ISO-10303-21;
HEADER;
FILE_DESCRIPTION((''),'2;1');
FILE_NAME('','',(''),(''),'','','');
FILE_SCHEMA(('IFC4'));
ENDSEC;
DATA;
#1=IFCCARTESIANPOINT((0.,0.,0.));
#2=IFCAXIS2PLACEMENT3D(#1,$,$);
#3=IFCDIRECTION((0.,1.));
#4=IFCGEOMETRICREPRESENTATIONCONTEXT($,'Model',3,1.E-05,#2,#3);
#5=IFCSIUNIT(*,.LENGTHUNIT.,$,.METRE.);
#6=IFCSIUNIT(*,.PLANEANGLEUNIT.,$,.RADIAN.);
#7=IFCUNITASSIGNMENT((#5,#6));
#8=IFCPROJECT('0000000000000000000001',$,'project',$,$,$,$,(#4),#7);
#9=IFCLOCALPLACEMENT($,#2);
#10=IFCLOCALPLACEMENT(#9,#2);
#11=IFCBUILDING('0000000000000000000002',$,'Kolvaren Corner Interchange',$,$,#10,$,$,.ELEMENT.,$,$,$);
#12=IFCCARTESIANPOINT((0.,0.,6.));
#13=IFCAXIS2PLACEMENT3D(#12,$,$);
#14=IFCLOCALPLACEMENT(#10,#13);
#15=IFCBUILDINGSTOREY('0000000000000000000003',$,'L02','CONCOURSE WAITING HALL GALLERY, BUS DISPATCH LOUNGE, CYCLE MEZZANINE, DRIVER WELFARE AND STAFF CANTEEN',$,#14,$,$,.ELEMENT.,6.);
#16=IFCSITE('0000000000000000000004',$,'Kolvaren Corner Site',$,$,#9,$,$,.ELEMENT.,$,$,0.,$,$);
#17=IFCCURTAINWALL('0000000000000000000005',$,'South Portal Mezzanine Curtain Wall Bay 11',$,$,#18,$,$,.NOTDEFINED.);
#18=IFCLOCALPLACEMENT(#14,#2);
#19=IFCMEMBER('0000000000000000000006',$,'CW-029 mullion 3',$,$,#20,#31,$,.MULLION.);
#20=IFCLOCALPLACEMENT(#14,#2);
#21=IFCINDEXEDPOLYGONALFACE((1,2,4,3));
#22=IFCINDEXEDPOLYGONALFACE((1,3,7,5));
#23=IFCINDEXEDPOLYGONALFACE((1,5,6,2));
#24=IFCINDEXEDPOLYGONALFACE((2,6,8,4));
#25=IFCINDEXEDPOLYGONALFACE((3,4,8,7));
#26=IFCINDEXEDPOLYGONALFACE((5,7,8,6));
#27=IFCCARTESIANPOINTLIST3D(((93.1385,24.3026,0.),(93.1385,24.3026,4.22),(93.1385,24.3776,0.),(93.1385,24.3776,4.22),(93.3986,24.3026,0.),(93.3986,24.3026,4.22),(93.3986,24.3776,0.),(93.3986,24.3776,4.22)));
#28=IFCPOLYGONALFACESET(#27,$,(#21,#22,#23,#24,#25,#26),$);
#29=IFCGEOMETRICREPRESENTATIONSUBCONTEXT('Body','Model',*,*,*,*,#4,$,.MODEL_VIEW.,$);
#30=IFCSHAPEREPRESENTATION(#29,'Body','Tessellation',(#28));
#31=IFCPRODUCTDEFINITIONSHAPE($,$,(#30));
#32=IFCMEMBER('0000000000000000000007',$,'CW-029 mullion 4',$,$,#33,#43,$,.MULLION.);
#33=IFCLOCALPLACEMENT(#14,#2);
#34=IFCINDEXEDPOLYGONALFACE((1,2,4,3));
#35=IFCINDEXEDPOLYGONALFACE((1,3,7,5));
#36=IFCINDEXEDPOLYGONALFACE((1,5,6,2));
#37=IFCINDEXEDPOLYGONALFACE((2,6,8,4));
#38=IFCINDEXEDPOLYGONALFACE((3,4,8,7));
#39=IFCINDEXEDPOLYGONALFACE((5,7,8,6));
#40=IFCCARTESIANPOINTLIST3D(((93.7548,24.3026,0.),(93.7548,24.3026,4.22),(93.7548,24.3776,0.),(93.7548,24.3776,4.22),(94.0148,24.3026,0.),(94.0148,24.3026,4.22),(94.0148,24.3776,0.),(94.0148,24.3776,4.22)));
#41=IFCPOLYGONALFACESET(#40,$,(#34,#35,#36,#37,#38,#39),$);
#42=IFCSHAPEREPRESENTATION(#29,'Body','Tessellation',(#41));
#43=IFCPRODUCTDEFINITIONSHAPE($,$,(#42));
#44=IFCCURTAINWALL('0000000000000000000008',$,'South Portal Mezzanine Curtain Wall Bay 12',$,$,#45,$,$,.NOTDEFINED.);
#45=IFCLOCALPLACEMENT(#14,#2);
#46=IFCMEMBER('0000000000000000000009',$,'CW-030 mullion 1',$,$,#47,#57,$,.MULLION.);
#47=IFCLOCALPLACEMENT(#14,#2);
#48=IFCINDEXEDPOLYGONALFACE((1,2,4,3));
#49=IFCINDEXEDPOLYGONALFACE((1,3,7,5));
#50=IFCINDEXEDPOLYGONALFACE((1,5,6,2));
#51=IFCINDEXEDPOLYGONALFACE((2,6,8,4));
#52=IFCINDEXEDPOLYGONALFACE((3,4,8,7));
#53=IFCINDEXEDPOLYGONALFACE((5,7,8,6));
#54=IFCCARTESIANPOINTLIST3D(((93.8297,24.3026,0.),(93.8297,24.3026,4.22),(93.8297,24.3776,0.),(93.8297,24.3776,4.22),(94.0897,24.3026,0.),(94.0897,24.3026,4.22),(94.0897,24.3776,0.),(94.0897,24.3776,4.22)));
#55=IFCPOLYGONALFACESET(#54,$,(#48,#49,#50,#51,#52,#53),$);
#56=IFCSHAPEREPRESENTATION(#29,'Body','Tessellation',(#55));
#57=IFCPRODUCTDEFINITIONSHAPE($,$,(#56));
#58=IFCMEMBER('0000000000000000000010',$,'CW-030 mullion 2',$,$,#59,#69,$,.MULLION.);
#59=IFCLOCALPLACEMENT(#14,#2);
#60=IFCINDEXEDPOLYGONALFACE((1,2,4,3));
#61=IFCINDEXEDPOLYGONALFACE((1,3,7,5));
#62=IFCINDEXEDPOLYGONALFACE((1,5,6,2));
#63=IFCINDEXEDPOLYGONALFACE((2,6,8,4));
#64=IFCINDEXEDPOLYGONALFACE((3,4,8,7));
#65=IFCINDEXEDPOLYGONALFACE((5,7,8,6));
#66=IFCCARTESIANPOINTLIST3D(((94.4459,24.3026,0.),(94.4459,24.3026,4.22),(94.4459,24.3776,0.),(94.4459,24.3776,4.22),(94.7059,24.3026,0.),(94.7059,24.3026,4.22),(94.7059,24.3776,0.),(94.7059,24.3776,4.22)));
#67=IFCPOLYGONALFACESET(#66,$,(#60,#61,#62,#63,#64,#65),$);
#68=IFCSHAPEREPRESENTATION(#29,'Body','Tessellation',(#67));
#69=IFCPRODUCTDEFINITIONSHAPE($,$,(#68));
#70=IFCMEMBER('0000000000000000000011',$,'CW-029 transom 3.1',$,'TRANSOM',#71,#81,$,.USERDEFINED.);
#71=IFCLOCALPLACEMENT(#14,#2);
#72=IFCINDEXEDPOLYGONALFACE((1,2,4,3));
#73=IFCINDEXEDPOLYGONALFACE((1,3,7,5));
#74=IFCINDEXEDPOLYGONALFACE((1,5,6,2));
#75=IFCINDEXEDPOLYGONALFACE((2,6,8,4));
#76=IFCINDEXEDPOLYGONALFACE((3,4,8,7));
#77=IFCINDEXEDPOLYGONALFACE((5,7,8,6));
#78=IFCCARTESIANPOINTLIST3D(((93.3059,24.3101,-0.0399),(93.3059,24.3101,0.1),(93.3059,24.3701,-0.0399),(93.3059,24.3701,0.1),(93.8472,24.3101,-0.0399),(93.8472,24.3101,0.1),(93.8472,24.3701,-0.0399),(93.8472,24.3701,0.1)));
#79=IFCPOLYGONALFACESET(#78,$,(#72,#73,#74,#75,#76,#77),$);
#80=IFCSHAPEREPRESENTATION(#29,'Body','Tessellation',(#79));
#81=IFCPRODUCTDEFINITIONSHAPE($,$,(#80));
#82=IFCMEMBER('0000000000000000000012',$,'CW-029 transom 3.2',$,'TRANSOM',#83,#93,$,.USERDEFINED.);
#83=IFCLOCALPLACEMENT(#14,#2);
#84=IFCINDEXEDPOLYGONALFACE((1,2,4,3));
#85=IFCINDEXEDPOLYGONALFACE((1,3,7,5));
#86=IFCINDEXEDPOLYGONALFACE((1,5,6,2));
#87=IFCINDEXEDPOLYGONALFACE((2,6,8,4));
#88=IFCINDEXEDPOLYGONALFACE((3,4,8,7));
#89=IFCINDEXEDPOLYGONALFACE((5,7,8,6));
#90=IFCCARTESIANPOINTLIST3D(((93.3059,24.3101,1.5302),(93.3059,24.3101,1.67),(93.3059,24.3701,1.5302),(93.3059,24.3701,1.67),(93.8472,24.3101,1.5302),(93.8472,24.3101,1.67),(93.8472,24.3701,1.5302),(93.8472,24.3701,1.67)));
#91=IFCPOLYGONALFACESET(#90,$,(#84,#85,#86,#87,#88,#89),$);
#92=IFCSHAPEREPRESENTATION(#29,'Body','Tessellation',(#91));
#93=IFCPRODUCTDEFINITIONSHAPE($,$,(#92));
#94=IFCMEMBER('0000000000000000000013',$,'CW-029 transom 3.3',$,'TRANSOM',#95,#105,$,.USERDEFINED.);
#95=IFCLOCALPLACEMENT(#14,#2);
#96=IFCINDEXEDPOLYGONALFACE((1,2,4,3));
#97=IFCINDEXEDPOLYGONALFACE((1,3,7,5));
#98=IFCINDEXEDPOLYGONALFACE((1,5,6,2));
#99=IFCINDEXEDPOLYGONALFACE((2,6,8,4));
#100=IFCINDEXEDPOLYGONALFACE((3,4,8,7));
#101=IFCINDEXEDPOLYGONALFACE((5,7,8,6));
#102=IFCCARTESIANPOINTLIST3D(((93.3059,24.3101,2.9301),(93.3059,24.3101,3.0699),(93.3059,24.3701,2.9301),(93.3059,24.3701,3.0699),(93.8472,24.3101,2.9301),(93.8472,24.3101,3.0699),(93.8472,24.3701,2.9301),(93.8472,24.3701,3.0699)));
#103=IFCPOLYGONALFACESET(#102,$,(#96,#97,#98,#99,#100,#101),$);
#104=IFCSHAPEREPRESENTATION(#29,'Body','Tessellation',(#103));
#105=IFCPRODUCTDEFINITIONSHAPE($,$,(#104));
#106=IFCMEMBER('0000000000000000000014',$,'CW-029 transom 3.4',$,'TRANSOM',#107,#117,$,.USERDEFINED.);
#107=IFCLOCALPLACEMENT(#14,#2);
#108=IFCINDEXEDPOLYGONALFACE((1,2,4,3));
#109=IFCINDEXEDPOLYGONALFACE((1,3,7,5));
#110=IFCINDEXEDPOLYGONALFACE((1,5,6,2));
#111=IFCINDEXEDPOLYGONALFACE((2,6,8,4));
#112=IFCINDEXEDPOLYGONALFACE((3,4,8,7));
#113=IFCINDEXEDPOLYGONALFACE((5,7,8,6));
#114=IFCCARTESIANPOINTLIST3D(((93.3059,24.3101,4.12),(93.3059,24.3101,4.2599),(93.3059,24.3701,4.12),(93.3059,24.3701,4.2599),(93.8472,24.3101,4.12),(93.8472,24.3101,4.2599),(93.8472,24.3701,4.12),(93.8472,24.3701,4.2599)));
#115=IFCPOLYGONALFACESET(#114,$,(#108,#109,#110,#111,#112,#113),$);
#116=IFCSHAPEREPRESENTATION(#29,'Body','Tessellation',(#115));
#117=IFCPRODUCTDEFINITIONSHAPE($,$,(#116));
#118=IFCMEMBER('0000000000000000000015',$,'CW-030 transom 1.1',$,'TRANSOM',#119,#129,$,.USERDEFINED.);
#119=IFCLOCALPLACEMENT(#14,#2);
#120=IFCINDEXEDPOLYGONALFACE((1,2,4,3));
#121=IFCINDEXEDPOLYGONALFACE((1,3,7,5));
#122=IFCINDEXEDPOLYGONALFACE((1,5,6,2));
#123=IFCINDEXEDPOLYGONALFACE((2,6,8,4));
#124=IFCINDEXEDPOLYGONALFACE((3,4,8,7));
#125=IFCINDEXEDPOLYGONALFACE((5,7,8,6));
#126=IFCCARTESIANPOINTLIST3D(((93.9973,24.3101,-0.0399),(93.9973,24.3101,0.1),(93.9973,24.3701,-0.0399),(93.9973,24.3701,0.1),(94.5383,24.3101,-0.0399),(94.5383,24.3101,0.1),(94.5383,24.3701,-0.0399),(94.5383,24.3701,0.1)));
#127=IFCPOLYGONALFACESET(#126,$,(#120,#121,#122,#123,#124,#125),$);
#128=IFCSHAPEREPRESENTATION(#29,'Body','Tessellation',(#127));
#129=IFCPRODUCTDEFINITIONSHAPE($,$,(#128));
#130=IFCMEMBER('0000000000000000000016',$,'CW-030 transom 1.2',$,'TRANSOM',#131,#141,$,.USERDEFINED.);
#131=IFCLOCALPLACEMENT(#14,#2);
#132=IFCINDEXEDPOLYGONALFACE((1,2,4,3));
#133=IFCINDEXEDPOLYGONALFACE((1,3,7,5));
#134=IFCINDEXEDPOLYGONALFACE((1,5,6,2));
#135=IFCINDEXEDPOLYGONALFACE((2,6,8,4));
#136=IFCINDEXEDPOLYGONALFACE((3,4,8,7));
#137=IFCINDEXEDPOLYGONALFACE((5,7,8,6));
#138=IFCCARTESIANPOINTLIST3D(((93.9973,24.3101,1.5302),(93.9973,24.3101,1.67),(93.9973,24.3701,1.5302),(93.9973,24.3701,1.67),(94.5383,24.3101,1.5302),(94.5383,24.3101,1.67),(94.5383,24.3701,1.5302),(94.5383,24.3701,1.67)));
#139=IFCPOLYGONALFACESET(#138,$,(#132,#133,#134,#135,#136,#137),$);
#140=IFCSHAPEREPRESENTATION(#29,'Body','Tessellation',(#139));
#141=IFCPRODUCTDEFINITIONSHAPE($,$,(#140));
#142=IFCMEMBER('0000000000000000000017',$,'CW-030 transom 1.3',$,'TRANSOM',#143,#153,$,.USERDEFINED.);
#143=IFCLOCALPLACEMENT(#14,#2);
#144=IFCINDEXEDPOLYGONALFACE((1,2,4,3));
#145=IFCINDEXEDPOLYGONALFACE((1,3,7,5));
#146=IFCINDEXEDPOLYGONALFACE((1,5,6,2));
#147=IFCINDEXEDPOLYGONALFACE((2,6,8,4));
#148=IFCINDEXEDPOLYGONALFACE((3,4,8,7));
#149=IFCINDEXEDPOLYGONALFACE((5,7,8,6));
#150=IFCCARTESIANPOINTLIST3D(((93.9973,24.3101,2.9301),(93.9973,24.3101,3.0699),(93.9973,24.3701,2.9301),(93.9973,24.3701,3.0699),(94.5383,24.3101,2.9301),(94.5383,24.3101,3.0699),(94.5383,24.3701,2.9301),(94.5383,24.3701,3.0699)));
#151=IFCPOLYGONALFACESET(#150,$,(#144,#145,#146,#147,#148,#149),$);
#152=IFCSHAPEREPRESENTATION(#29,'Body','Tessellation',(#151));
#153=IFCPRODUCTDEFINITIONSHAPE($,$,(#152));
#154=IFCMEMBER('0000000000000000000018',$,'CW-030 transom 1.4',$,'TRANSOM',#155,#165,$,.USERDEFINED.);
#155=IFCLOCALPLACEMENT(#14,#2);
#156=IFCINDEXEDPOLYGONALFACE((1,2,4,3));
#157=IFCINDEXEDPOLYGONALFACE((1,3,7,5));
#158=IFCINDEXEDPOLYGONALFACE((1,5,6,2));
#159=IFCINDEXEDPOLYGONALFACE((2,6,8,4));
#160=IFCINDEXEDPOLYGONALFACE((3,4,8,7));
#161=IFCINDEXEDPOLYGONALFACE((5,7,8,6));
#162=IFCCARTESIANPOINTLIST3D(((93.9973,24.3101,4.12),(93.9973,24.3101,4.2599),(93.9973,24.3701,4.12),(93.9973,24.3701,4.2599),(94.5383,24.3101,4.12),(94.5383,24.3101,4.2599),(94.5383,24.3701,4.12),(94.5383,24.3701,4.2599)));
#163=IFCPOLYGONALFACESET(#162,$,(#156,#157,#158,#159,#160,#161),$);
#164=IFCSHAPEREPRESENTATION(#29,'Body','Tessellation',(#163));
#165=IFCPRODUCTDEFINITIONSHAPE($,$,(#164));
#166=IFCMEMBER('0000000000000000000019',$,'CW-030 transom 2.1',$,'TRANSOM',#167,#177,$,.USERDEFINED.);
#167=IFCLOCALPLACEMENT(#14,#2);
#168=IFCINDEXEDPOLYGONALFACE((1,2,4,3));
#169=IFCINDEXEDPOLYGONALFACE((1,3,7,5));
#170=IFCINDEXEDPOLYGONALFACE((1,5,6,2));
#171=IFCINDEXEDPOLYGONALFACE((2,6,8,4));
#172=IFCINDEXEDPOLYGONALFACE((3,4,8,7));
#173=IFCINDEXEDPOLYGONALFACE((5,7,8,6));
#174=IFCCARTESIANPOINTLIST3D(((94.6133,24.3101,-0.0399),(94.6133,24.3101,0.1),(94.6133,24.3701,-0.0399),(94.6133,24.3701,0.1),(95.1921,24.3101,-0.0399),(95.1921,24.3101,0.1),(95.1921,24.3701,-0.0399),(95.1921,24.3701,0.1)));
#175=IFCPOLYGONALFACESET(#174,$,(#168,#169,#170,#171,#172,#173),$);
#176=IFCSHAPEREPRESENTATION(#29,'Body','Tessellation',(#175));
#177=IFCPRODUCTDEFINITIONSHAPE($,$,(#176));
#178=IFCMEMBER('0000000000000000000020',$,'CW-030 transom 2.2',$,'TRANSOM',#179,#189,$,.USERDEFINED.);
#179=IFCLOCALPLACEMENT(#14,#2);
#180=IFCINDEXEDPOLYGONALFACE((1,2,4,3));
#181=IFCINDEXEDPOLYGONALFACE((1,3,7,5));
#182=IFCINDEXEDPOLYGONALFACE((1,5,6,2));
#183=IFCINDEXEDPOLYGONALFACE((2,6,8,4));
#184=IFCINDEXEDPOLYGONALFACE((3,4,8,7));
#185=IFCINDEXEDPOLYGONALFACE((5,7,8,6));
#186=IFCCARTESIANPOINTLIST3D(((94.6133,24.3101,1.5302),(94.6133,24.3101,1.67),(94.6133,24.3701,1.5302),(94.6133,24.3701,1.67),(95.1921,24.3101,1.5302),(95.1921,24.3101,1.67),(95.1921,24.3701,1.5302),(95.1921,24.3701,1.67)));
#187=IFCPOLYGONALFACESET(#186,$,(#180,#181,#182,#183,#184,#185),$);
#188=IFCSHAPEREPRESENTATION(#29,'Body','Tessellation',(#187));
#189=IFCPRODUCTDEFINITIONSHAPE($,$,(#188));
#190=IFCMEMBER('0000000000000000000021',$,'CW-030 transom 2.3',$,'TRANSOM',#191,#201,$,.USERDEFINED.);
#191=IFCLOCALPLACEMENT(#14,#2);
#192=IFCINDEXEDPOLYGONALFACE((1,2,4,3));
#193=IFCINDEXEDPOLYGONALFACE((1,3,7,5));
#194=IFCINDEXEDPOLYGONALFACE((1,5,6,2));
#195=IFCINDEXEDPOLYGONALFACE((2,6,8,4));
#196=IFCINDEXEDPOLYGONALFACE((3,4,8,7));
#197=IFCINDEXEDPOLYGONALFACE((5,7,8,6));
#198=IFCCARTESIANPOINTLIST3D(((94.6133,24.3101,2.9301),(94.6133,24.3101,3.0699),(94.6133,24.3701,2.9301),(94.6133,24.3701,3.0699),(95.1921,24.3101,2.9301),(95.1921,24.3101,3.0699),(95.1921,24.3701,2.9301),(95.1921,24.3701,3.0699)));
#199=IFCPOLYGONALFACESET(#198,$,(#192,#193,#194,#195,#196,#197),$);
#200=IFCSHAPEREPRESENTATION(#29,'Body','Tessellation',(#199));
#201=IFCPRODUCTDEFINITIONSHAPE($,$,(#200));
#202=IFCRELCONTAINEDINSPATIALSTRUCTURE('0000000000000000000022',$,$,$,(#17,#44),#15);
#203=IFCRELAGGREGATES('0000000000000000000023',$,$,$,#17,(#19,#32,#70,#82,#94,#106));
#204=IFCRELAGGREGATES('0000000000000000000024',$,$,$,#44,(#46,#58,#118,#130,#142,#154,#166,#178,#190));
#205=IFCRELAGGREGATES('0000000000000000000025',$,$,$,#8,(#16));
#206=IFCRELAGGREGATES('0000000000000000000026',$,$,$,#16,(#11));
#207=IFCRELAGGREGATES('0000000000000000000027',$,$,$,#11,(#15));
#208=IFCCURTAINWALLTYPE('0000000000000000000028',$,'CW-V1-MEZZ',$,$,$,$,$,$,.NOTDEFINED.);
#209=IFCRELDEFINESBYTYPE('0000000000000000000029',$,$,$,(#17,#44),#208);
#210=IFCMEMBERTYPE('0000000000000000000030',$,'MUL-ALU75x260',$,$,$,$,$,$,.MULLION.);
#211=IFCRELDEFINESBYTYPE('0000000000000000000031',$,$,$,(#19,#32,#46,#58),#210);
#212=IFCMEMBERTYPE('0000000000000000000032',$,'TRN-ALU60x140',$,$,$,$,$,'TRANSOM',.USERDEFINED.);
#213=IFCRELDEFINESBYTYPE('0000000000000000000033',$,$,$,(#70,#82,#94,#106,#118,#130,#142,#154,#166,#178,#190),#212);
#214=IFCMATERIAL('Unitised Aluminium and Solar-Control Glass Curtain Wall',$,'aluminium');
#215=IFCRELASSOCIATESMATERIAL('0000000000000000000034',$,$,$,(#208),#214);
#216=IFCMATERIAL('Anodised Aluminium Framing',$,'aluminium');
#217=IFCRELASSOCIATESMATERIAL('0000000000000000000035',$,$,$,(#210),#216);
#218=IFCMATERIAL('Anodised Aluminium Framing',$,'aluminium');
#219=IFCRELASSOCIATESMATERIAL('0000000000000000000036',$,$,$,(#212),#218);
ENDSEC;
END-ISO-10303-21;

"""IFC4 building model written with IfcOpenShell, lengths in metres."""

from ifc_helpers import new_model, si_unit, direction, frame, origin, origin_2d, place, context, subcontext, project, spatial, rectangle, extrude, material, material_profile, profile_set, type_object, element, aggregate, save


model = new_model("IFC4")

# Units and contexts
model_context = context("Model", 3, precision=1e-05, world=origin(), true_north=direction((0.0, 1.0)))
body_context = subcontext(model_context, "Body", "Model", "MODEL_VIEW")
ifc_project = project(units=[si_unit("LENGTHUNIT", "METRE"), si_unit("PLANEANGLEUNIT", "RADIAN")], contexts=[model_context])

# Site, building, storey
site_placement = place(None, origin())
site = spatial("IfcSite", under=ifc_project, at=site_placement, Name="Kolvaren Corner Site", CompositionType="ELEMENT", RefElevation=0.0)
building_placement = place(site_placement, origin())
building = spatial("IfcBuilding", under=site, at=building_placement, Name="Kolvaren Corner Interchange", CompositionType="ELEMENT")
storey_placement = place(building_placement, frame((0.0, 0.0, 6.0)))
storey = spatial("IfcBuildingStorey", under=building, at=storey_placement, Name="L02", Description="CONCOURSE WAITING HALL GALLERY, BUS DISPATCH LOUNGE, CYCLE MEZZANINE, DRIVER WELFARE AND STAFF CANTEEN", CompositionType="ELEMENT", Elevation=6.0)

# Curtain walls, members
ifc_material_1 = material(Name="Unitised Aluminium and Solar-Control Glass Curtain Wall", Category="aluminium")
curtain_wall_type = type_object("IfcCurtainWallType", Name="CW-V1-MEZZ", PredefinedType="NOTDEFINED", material=ifc_material_1)
curtain_wall_1_placement = place(storey_placement, origin())
curtain_wall_1 = element("IfcCurtainWall", 1, at=curtain_wall_1_placement, inside=storey, type_object=curtain_wall_type, Name="South Portal Mezzanine Curtain Wall Bay 11", PredefinedType="NOTDEFINED")
ifc_material_2 = material(Name="Anodised Aluminium Framing", Category="aluminium")
ifc_material_profile_1 = material_profile(ifc_material_2, rectangle(XDim=0.075, YDim=0.26, at=origin_2d()), Name="ALU 75x260")
ifc_profile_set_1 = profile_set([ifc_material_profile_1], Name="Anodised Aluminium Framing")
member_type_1 = type_object("IfcMemberType", Name="MUL-ALU75x260", PredefinedType="MULLION", material=ifc_profile_set_1)
member_1_placement = place(storey_placement, frame((93.2686, 24.3401, 0.0), z_axis=(0.0, 0.0, 1.0), x_axis=(0.0, 1.0, 0.0)))
member_1 = element("IfcMember", 2, at=member_1_placement, type_object=member_type_1, Name="CW-029 mullion 3", PredefinedType="MULLION", context=body_context, shape_type="SweptSolid", body=[
    extrude(rectangle(XDim=0.075, YDim=0.26, at=origin_2d()), origin(), (0.0, 0.0, 1.0), 4.22),
])
member_2_placement = place(storey_placement, frame((93.8848, 24.3401, 0.0), z_axis=(0.0, 0.0, 1.0), x_axis=(0.0, 1.0, 0.0)))
member_2 = element("IfcMember", 3, at=member_2_placement, type_object=member_type_1, Name="CW-029 mullion 4", PredefinedType="MULLION", context=body_context, shape_type="SweptSolid", body=[
    extrude(rectangle(XDim=0.075, YDim=0.26, at=origin_2d()), origin(), (0.0, 0.0, 1.0), 4.22),
])
curtain_wall_2_placement = place(storey_placement, origin())
curtain_wall_2 = element("IfcCurtainWall", 4, at=curtain_wall_2_placement, inside=storey, type_object=curtain_wall_type, Name="South Portal Mezzanine Curtain Wall Bay 12", PredefinedType="NOTDEFINED")
member_3_placement = place(storey_placement, frame((93.9597, 24.3401, 0.0), z_axis=(0.0, 0.0, 1.0), x_axis=(0.0, 1.0, 0.0)))
member_3 = element("IfcMember", 5, at=member_3_placement, type_object=member_type_1, Name="CW-030 mullion 1", PredefinedType="MULLION", context=body_context, shape_type="SweptSolid", body=[
    extrude(rectangle(XDim=0.075, YDim=0.26, at=origin_2d()), origin(), (0.0, 0.0, 1.0), 4.22),
])
member_4_placement = place(storey_placement, frame((94.5759, 24.3401, 0.0), z_axis=(0.0, 0.0, 1.0), x_axis=(0.0, 1.0, 0.0)))
member_4 = element("IfcMember", 6, at=member_4_placement, type_object=member_type_1, Name="CW-030 mullion 2", PredefinedType="MULLION", context=body_context, shape_type="SweptSolid", body=[
    extrude(rectangle(XDim=0.075, YDim=0.26, at=origin_2d()), origin(), (0.0, 0.0, 1.0), 4.22),
])

# Members
ifc_material_3 = material(Name="Anodised Aluminium Framing", Category="aluminium")
ifc_material_profile_2 = material_profile(ifc_material_3, rectangle(XDim=0.0601, YDim=0.1399, at=origin_2d()), Name="ALU 60x140")
ifc_profile_set_2 = profile_set([ifc_material_profile_2], Name="Anodised Aluminium Framing")
member_type_2 = type_object("IfcMemberType", Name="TRN-ALU60x140", ElementType="TRANSOM", PredefinedType="USERDEFINED", material=ifc_profile_set_2)
member_5_placement = place(storey_placement, frame((93.3059, 24.3401, 0.03), z_axis=(1.0, 0.0, 0.0), x_axis=(0.0, 1.0, 0.0)))
member_5 = element("IfcMember", 7, at=member_5_placement, type_object=member_type_2, Name="CW-029 transom 3.1", ObjectType="TRANSOM", PredefinedType="USERDEFINED", context=body_context, shape_type="SweptSolid", body=[
    extrude(rectangle(XDim=0.0601, YDim=0.1399, at=origin_2d()), origin(), (0.0, 0.0, 1.0), 0.5413),
])
member_6_placement = place(storey_placement, frame((93.3059, 24.3401, 1.6001), z_axis=(1.0, 0.0, 0.0), x_axis=(0.0, 1.0, 0.0)))
member_6 = element("IfcMember", 8, at=member_6_placement, type_object=member_type_2, Name="CW-029 transom 3.2", ObjectType="TRANSOM", PredefinedType="USERDEFINED", context=body_context, shape_type="SweptSolid", body=[
    extrude(rectangle(XDim=0.0601, YDim=0.1399, at=origin_2d()), origin(), (0.0, 0.0, 1.0), 0.5413),
])
member_7_placement = place(storey_placement, frame((93.3059, 24.3401, 3.0), z_axis=(1.0, 0.0, 0.0), x_axis=(0.0, 1.0, 0.0)))
member_7 = element("IfcMember", 9, at=member_7_placement, type_object=member_type_2, Name="CW-029 transom 3.3", ObjectType="TRANSOM", PredefinedType="USERDEFINED", context=body_context, shape_type="SweptSolid", body=[
    extrude(rectangle(XDim=0.0601, YDim=0.1399, at=origin_2d()), origin(), (0.0, 0.0, 1.0), 0.5413),
])
member_8_placement = place(storey_placement, frame((93.3059, 24.3401, 4.1899), z_axis=(1.0, 0.0, 0.0), x_axis=(0.0, 1.0, 0.0)))
member_8 = element("IfcMember", 10, at=member_8_placement, type_object=member_type_2, Name="CW-029 transom 3.4", ObjectType="TRANSOM", PredefinedType="USERDEFINED", context=body_context, shape_type="SweptSolid", body=[
    extrude(rectangle(XDim=0.0601, YDim=0.1399, at=origin_2d()), origin(), (0.0, 0.0, 1.0), 0.5413),
])
member_9_placement = place(storey_placement, frame((93.9973, 24.3401, 0.03), z_axis=(1.0, 0.0, 0.0), x_axis=(0.0, 1.0, 0.0)))
member_9 = element("IfcMember", 11, at=member_9_placement, type_object=member_type_2, Name="CW-030 transom 1.1", ObjectType="TRANSOM", PredefinedType="USERDEFINED", context=body_context, shape_type="SweptSolid", body=[
    extrude(rectangle(XDim=0.0601, YDim=0.1399, at=origin_2d()), origin(), (0.0, 0.0, 1.0), 0.541),
])
member_10_placement = place(storey_placement, frame((93.9973, 24.3401, 1.6001), z_axis=(1.0, 0.0, 0.0), x_axis=(0.0, 1.0, 0.0)))
member_10 = element("IfcMember", 12, at=member_10_placement, type_object=member_type_2, Name="CW-030 transom 1.2", ObjectType="TRANSOM", PredefinedType="USERDEFINED", context=body_context, shape_type="SweptSolid", body=[
    extrude(rectangle(XDim=0.0601, YDim=0.1399, at=origin_2d()), origin(), (0.0, 0.0, 1.0), 0.541),
])
member_11_placement = place(storey_placement, frame((93.9973, 24.3401, 3.0), z_axis=(1.0, 0.0, 0.0), x_axis=(0.0, 1.0, 0.0)))
member_11 = element("IfcMember", 13, at=member_11_placement, type_object=member_type_2, Name="CW-030 transom 1.3", ObjectType="TRANSOM", PredefinedType="USERDEFINED", context=body_context, shape_type="SweptSolid", body=[
    extrude(rectangle(XDim=0.0601, YDim=0.1399, at=origin_2d()), origin(), (0.0, 0.0, 1.0), 0.541),
])
member_12_placement = place(storey_placement, frame((93.9973, 24.3401, 4.1899), z_axis=(1.0, 0.0, 0.0), x_axis=(0.0, 1.0, 0.0)))
member_12 = element("IfcMember", 14, at=member_12_placement, type_object=member_type_2, Name="CW-030 transom 1.4", ObjectType="TRANSOM", PredefinedType="USERDEFINED", context=body_context, shape_type="SweptSolid", body=[
    extrude(rectangle(XDim=0.0601, YDim=0.1399, at=origin_2d()), origin(), (0.0, 0.0, 1.0), 0.541),
])
member_13_placement = place(storey_placement, frame((94.6133, 24.3401, 0.03), z_axis=(1.0, 0.0, 0.0), x_axis=(0.0, 1.0, 0.0)))
member_13 = element("IfcMember", 15, at=member_13_placement, type_object=member_type_2, Name="CW-030 transom 2.1", ObjectType="TRANSOM", PredefinedType="USERDEFINED", context=body_context, shape_type="SweptSolid", body=[
    extrude(rectangle(XDim=0.0601, YDim=0.1399, at=origin_2d()), origin(), (0.0, 0.0, 1.0), 0.5789),
])
member_14_placement = place(storey_placement, frame((94.6133, 24.3401, 1.6001), z_axis=(1.0, 0.0, 0.0), x_axis=(0.0, 1.0, 0.0)))
member_14 = element("IfcMember", 16, at=member_14_placement, type_object=member_type_2, Name="CW-030 transom 2.2", ObjectType="TRANSOM", PredefinedType="USERDEFINED", context=body_context, shape_type="SweptSolid", body=[
    extrude(rectangle(XDim=0.0601, YDim=0.1399, at=origin_2d()), origin(), (0.0, 0.0, 1.0), 0.5789),
])
member_15_placement = place(storey_placement, frame((94.6133, 24.3401, 3.0), z_axis=(1.0, 0.0, 0.0), x_axis=(0.0, 1.0, 0.0)))
member_15 = element("IfcMember", 17, at=member_15_placement, type_object=member_type_2, Name="CW-030 transom 2.3", ObjectType="TRANSOM", PredefinedType="USERDEFINED", context=body_context, shape_type="SweptSolid", body=[
    extrude(rectangle(XDim=0.0601, YDim=0.1399, at=origin_2d()), origin(), (0.0, 0.0, 1.0), 0.5789),
])

aggregate(curtain_wall_1, [member_1, member_2, member_5, member_6, member_7, member_8])
aggregate(curtain_wall_2, [member_3, member_4, member_9, member_10, member_11, member_12, member_13, member_14, member_15])

save(model, "model.ifc")
